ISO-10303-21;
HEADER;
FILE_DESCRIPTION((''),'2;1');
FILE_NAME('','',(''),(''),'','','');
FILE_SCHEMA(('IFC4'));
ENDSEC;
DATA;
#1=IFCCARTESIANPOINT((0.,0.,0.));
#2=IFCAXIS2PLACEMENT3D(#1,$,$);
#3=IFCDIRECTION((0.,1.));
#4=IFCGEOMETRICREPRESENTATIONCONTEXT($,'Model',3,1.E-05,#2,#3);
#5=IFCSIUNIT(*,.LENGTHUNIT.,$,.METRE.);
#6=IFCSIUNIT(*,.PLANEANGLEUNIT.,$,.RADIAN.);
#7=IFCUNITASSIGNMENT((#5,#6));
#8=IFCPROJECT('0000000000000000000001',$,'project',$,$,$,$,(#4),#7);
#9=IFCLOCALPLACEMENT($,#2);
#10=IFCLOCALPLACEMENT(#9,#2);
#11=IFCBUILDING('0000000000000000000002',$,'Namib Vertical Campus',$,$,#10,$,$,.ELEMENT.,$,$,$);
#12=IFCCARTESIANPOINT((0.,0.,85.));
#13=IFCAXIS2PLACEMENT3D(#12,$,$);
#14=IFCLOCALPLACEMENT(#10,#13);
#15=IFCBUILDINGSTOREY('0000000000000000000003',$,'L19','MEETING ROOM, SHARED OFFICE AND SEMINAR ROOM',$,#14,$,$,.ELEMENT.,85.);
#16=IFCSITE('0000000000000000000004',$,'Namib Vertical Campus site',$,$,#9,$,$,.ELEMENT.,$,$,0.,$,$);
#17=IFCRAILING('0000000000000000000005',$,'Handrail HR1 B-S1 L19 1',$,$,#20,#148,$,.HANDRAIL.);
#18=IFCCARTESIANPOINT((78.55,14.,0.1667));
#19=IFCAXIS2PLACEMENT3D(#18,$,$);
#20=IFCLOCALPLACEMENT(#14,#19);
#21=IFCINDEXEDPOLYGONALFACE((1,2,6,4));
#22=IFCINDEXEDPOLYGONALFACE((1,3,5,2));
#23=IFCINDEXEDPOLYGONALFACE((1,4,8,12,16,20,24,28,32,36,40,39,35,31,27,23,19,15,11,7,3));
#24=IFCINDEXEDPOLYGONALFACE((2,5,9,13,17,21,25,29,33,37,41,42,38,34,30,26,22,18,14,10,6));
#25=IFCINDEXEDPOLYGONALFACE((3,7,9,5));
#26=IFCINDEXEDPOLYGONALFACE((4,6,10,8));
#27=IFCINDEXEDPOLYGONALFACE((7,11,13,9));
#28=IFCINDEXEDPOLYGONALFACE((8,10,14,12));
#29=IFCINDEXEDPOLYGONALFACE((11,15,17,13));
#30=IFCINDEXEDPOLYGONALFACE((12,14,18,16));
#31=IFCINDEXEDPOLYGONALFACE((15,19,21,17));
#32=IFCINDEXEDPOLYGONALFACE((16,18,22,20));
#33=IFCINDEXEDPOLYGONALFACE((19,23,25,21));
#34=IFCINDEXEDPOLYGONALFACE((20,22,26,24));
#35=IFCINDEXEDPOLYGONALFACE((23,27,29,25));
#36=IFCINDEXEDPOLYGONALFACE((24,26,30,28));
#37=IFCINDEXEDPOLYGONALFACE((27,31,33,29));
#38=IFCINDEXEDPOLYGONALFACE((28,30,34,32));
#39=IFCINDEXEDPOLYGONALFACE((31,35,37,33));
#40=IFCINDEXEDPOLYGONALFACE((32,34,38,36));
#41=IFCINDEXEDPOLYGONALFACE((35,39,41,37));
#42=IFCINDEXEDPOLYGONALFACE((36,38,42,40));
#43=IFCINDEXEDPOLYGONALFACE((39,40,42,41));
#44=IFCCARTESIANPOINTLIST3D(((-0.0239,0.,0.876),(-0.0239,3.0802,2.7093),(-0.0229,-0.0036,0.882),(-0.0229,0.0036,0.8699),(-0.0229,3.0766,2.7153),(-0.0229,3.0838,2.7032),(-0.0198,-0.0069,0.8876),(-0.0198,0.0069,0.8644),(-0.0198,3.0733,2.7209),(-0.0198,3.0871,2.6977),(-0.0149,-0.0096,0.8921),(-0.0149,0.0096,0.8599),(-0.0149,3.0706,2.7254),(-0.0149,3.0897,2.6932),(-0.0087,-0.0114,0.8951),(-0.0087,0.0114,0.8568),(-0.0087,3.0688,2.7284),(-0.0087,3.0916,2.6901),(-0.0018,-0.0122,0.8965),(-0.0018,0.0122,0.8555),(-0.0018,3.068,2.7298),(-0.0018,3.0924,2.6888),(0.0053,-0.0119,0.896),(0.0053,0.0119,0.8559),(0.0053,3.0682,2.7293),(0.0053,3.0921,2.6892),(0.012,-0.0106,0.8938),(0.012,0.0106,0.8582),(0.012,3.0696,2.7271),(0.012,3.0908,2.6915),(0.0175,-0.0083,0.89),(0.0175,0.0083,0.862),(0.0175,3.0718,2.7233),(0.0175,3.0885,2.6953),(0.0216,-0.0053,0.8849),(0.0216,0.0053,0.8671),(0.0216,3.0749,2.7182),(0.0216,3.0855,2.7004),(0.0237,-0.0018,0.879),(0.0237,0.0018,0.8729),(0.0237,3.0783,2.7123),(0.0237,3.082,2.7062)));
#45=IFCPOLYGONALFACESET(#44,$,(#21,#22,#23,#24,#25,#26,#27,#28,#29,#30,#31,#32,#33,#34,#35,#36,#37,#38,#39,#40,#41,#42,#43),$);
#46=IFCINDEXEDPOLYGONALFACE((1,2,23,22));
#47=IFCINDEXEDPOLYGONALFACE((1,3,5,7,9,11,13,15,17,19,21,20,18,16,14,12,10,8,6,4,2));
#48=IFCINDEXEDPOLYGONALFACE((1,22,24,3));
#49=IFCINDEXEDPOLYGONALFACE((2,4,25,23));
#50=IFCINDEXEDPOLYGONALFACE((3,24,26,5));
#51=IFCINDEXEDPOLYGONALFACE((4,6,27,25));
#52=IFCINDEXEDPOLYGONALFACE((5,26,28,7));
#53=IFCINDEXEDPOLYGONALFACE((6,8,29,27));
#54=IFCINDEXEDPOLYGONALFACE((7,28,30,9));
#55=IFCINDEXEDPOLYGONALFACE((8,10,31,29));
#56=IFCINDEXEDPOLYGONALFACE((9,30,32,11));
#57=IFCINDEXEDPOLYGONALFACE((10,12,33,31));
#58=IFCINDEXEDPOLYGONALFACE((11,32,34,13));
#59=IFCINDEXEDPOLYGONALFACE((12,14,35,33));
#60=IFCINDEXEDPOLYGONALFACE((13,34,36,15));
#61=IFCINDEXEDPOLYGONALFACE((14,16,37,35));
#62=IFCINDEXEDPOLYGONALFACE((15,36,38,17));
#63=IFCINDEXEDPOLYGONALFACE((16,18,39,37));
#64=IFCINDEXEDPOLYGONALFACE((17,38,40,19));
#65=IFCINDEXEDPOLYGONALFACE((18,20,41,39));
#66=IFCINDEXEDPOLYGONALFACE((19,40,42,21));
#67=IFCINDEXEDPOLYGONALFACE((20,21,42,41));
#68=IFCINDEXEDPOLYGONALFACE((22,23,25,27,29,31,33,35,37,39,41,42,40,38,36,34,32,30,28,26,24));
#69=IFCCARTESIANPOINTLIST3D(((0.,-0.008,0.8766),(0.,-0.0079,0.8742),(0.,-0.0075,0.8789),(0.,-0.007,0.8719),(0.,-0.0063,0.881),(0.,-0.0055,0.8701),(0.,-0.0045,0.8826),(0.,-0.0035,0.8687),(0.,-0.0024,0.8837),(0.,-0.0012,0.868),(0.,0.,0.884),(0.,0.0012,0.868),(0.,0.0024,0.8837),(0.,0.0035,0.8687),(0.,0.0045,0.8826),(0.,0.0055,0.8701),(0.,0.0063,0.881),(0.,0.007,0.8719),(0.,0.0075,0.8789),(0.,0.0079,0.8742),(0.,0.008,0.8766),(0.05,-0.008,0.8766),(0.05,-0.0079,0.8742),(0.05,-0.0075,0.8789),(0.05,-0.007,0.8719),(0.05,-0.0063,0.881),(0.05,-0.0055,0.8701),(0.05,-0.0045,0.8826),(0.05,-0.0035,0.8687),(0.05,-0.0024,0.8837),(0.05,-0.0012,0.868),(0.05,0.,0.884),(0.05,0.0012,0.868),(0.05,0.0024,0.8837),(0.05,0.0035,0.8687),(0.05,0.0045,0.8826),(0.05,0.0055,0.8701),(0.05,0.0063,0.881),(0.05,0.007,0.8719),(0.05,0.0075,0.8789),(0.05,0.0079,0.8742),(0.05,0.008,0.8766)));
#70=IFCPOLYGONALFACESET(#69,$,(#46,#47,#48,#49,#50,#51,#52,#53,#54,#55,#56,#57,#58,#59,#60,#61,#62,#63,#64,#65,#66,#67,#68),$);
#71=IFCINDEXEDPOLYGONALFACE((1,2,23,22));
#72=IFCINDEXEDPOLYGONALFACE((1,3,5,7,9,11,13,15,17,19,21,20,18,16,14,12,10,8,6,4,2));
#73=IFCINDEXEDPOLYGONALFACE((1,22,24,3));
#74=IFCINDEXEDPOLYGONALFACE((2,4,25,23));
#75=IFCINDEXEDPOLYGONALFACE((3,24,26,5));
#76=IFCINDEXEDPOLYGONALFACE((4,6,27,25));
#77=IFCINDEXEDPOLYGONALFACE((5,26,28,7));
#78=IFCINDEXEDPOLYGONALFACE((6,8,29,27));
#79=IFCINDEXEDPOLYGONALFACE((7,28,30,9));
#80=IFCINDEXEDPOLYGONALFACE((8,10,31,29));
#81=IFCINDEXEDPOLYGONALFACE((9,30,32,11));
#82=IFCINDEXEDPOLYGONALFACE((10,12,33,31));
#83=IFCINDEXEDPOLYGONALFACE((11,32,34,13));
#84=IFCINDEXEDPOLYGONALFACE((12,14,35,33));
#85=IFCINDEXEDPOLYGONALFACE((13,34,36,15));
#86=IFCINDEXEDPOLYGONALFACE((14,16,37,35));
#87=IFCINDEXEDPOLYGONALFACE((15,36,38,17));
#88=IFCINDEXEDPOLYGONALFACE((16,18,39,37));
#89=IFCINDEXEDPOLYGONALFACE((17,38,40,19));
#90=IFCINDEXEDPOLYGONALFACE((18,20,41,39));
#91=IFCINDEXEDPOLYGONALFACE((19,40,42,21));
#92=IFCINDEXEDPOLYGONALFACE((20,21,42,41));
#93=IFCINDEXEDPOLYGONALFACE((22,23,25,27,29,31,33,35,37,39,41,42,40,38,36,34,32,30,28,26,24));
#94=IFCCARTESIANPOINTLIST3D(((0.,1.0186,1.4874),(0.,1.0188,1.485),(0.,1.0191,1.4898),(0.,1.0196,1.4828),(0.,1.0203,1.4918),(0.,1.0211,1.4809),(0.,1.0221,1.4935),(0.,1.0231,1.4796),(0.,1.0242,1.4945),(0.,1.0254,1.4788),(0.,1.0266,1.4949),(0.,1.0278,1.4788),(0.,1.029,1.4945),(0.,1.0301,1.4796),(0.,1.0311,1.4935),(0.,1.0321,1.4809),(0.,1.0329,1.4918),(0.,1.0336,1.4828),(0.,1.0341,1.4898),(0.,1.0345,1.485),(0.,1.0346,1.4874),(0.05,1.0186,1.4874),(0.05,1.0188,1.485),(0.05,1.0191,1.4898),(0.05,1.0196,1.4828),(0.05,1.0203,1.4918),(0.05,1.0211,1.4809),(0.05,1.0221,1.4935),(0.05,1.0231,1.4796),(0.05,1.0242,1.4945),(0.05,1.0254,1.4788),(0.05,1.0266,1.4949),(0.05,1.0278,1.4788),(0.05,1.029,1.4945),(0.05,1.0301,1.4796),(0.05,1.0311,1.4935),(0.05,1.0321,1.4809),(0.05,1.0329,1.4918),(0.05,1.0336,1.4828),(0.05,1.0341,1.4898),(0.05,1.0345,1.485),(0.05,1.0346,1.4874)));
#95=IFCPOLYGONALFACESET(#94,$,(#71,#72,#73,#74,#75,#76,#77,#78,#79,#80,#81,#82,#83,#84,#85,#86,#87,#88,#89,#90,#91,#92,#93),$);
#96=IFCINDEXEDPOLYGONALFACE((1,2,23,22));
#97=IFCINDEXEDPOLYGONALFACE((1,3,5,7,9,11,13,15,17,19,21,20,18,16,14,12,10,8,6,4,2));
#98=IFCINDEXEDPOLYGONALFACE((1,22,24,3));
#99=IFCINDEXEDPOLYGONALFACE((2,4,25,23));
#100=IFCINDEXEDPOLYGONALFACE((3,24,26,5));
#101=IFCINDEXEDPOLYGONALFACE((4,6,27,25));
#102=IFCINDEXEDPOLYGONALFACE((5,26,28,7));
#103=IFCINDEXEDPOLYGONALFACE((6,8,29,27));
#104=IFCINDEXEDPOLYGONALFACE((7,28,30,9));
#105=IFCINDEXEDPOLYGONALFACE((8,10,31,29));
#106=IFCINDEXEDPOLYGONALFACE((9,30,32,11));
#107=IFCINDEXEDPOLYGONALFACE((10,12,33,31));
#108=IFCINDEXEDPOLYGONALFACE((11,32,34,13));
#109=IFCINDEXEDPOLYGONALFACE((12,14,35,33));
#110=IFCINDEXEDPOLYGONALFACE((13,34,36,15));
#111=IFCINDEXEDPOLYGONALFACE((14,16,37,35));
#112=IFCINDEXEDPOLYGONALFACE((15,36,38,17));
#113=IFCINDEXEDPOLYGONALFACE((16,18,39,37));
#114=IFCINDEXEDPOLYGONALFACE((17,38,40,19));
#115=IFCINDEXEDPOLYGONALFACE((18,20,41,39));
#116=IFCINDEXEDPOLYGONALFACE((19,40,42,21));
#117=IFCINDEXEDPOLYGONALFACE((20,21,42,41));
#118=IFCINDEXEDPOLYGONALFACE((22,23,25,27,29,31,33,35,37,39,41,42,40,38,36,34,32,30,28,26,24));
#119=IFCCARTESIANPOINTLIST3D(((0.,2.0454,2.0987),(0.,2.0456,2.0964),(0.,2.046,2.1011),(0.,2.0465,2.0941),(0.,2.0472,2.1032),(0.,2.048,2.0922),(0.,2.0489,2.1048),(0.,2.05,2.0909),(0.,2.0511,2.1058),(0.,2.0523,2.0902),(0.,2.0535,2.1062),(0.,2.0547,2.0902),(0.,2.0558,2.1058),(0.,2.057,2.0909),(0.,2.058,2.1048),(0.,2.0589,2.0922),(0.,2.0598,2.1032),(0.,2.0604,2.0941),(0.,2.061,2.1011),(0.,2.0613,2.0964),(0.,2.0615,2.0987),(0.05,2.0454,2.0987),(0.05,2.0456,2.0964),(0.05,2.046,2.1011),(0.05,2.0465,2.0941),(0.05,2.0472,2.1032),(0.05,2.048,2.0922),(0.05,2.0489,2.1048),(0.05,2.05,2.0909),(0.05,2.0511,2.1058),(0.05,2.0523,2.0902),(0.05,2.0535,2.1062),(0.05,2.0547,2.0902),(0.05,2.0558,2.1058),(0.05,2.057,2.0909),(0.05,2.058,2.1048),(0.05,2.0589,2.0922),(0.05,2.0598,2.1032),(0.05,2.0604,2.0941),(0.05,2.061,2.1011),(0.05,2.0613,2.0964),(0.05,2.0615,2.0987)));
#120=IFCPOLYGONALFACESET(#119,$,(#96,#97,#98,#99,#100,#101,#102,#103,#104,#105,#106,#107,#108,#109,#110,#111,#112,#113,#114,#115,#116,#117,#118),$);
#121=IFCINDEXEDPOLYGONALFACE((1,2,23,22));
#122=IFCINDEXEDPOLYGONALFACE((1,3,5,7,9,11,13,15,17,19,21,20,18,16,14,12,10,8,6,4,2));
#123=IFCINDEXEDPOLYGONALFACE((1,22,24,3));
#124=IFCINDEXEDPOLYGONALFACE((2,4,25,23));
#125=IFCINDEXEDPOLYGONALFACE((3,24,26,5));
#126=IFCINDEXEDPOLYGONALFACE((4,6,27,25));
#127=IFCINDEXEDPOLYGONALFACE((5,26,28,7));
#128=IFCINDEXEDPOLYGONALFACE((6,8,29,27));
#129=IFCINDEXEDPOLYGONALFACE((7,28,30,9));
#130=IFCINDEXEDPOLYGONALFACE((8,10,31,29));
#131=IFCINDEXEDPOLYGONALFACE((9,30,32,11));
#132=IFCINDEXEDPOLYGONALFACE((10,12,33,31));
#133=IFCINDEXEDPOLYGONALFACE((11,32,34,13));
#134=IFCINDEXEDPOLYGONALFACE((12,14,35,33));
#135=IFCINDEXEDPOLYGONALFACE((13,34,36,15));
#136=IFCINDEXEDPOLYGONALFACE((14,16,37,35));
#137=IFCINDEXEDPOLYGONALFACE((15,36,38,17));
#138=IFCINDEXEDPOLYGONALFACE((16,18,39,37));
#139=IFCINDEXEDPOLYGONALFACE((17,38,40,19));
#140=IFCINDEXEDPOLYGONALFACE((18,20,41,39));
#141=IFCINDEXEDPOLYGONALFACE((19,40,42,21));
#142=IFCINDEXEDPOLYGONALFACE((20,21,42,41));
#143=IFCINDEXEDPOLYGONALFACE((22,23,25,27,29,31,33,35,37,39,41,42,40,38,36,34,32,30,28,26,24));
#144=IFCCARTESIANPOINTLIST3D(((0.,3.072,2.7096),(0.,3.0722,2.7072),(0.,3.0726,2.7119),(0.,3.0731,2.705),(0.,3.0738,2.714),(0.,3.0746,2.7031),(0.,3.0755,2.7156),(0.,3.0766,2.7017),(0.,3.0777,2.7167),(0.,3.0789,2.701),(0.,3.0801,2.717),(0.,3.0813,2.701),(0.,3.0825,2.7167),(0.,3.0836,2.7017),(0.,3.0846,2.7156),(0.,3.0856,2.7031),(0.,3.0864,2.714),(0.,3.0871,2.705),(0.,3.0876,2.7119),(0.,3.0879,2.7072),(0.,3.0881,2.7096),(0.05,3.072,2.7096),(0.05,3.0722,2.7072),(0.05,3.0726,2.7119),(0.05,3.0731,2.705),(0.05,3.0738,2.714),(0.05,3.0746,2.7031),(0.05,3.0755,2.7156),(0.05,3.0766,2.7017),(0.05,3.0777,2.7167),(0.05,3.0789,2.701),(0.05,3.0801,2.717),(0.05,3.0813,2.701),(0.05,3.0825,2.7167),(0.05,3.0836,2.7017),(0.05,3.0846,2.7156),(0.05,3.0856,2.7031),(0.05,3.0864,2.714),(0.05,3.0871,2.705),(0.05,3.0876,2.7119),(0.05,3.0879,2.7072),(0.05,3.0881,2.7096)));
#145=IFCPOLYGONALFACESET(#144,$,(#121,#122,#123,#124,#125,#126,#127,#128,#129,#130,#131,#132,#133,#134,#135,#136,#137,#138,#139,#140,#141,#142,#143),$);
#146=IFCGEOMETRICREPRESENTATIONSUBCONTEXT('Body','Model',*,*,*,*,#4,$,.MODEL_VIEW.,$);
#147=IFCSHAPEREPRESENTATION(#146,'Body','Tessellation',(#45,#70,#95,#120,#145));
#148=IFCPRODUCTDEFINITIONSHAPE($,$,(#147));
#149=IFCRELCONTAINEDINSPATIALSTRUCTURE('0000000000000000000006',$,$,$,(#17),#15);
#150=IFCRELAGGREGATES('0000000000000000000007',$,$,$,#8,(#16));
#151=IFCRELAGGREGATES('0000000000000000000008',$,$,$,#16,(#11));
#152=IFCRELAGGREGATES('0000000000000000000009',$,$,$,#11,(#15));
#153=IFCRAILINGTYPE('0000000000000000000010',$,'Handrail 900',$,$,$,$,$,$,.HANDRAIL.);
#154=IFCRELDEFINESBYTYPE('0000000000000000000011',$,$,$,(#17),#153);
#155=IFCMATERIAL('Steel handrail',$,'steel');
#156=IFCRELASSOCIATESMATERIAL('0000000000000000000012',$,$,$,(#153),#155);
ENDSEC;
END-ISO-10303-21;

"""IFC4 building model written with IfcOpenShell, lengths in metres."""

from ifc_helpers import new_model, si_unit, direction, frame, origin, origin_2d, place, context, subcontext, project, spatial, circle, extrude, material, type_object, element, save


model = new_model("IFC4")

# Units and contexts
model_context = context("Model", 3, precision=1e-05, world=origin(), true_north=direction((0.0, 1.0)))
body_context = subcontext(model_context, "Body", "Model", "MODEL_VIEW")
ifc_project = project(units=[si_unit("LENGTHUNIT", "METRE"), si_unit("PLANEANGLEUNIT", "RADIAN")], contexts=[model_context])

# Site, building, storey
site_placement = place(None, origin())
site = spatial("IfcSite", under=ifc_project, at=site_placement, Name="Namib Vertical Campus site", CompositionType="ELEMENT", RefElevation=0.0)
building_placement = place(site_placement, origin())
building = spatial("IfcBuilding", under=site, at=building_placement, Name="Namib Vertical Campus", CompositionType="ELEMENT")
storey_placement = place(building_placement, frame((0.0, 0.0, 85.0)))
storey = spatial("IfcBuildingStorey", under=building, at=storey_placement, Name="L19", Description="MEETING ROOM, SHARED OFFICE AND SEMINAR ROOM", CompositionType="ELEMENT", Elevation=85.0)

# Railing
ifc_material_1 = material(Name="Steel handrail", Category="steel")
railing_type_1 = type_object("IfcRailingType", Name="Handrail 900", PredefinedType="HANDRAIL", material=ifc_material_1)
railing_1_placement = place(storey_placement, frame((78.55, 14.0, 0.1667)))
element("IfcRailing", 1, at=railing_1_placement, inside=storey, type_object=railing_type_1, Name="Handrail HR1 B-S1 L19 1", PredefinedType="HANDRAIL", context=body_context, shape_type="SweptSolid", body=[
    extrude(circle(Radius=0.0239, at=origin_2d()), frame((0.0, 0.0, 0.876), z_axis=(0.0, 0.859309, 0.511458), x_axis=(-1.0, 0.0, 0.0)), (0.0, 0.0, 1.0), 3.5845),
    extrude(circle(Radius=0.0081, at=origin_2d()), frame((0.0, 0.0, 0.876), z_axis=(1.0, 0.0, 0.0), x_axis=(0.0, 0.0, 1.0)), (0.0, 0.0, 1.0), 0.05),
    extrude(circle(Radius=0.0081, at=origin_2d()), frame((0.0, 1.0266, 1.4868), z_axis=(1.0, 0.0, 0.0), x_axis=(0.0, 0.0, 1.0)), (0.0, 0.0, 1.0), 0.05),
    extrude(circle(Radius=0.0081, at=origin_2d()), frame((0.0, 2.0535, 2.0981), z_axis=(1.0, 0.0, 0.0), x_axis=(0.0, 0.0, 1.0)), (0.0, 0.0, 1.0), 0.05),
    extrude(circle(Radius=0.0081, at=origin_2d()), frame((0.0, 3.0801, 2.709), z_axis=(1.0, 0.0, 0.0), x_axis=(0.0, 0.0, 1.0)), (0.0, 0.0, 1.0), 0.05),
])

save(model, "model.ifc")
